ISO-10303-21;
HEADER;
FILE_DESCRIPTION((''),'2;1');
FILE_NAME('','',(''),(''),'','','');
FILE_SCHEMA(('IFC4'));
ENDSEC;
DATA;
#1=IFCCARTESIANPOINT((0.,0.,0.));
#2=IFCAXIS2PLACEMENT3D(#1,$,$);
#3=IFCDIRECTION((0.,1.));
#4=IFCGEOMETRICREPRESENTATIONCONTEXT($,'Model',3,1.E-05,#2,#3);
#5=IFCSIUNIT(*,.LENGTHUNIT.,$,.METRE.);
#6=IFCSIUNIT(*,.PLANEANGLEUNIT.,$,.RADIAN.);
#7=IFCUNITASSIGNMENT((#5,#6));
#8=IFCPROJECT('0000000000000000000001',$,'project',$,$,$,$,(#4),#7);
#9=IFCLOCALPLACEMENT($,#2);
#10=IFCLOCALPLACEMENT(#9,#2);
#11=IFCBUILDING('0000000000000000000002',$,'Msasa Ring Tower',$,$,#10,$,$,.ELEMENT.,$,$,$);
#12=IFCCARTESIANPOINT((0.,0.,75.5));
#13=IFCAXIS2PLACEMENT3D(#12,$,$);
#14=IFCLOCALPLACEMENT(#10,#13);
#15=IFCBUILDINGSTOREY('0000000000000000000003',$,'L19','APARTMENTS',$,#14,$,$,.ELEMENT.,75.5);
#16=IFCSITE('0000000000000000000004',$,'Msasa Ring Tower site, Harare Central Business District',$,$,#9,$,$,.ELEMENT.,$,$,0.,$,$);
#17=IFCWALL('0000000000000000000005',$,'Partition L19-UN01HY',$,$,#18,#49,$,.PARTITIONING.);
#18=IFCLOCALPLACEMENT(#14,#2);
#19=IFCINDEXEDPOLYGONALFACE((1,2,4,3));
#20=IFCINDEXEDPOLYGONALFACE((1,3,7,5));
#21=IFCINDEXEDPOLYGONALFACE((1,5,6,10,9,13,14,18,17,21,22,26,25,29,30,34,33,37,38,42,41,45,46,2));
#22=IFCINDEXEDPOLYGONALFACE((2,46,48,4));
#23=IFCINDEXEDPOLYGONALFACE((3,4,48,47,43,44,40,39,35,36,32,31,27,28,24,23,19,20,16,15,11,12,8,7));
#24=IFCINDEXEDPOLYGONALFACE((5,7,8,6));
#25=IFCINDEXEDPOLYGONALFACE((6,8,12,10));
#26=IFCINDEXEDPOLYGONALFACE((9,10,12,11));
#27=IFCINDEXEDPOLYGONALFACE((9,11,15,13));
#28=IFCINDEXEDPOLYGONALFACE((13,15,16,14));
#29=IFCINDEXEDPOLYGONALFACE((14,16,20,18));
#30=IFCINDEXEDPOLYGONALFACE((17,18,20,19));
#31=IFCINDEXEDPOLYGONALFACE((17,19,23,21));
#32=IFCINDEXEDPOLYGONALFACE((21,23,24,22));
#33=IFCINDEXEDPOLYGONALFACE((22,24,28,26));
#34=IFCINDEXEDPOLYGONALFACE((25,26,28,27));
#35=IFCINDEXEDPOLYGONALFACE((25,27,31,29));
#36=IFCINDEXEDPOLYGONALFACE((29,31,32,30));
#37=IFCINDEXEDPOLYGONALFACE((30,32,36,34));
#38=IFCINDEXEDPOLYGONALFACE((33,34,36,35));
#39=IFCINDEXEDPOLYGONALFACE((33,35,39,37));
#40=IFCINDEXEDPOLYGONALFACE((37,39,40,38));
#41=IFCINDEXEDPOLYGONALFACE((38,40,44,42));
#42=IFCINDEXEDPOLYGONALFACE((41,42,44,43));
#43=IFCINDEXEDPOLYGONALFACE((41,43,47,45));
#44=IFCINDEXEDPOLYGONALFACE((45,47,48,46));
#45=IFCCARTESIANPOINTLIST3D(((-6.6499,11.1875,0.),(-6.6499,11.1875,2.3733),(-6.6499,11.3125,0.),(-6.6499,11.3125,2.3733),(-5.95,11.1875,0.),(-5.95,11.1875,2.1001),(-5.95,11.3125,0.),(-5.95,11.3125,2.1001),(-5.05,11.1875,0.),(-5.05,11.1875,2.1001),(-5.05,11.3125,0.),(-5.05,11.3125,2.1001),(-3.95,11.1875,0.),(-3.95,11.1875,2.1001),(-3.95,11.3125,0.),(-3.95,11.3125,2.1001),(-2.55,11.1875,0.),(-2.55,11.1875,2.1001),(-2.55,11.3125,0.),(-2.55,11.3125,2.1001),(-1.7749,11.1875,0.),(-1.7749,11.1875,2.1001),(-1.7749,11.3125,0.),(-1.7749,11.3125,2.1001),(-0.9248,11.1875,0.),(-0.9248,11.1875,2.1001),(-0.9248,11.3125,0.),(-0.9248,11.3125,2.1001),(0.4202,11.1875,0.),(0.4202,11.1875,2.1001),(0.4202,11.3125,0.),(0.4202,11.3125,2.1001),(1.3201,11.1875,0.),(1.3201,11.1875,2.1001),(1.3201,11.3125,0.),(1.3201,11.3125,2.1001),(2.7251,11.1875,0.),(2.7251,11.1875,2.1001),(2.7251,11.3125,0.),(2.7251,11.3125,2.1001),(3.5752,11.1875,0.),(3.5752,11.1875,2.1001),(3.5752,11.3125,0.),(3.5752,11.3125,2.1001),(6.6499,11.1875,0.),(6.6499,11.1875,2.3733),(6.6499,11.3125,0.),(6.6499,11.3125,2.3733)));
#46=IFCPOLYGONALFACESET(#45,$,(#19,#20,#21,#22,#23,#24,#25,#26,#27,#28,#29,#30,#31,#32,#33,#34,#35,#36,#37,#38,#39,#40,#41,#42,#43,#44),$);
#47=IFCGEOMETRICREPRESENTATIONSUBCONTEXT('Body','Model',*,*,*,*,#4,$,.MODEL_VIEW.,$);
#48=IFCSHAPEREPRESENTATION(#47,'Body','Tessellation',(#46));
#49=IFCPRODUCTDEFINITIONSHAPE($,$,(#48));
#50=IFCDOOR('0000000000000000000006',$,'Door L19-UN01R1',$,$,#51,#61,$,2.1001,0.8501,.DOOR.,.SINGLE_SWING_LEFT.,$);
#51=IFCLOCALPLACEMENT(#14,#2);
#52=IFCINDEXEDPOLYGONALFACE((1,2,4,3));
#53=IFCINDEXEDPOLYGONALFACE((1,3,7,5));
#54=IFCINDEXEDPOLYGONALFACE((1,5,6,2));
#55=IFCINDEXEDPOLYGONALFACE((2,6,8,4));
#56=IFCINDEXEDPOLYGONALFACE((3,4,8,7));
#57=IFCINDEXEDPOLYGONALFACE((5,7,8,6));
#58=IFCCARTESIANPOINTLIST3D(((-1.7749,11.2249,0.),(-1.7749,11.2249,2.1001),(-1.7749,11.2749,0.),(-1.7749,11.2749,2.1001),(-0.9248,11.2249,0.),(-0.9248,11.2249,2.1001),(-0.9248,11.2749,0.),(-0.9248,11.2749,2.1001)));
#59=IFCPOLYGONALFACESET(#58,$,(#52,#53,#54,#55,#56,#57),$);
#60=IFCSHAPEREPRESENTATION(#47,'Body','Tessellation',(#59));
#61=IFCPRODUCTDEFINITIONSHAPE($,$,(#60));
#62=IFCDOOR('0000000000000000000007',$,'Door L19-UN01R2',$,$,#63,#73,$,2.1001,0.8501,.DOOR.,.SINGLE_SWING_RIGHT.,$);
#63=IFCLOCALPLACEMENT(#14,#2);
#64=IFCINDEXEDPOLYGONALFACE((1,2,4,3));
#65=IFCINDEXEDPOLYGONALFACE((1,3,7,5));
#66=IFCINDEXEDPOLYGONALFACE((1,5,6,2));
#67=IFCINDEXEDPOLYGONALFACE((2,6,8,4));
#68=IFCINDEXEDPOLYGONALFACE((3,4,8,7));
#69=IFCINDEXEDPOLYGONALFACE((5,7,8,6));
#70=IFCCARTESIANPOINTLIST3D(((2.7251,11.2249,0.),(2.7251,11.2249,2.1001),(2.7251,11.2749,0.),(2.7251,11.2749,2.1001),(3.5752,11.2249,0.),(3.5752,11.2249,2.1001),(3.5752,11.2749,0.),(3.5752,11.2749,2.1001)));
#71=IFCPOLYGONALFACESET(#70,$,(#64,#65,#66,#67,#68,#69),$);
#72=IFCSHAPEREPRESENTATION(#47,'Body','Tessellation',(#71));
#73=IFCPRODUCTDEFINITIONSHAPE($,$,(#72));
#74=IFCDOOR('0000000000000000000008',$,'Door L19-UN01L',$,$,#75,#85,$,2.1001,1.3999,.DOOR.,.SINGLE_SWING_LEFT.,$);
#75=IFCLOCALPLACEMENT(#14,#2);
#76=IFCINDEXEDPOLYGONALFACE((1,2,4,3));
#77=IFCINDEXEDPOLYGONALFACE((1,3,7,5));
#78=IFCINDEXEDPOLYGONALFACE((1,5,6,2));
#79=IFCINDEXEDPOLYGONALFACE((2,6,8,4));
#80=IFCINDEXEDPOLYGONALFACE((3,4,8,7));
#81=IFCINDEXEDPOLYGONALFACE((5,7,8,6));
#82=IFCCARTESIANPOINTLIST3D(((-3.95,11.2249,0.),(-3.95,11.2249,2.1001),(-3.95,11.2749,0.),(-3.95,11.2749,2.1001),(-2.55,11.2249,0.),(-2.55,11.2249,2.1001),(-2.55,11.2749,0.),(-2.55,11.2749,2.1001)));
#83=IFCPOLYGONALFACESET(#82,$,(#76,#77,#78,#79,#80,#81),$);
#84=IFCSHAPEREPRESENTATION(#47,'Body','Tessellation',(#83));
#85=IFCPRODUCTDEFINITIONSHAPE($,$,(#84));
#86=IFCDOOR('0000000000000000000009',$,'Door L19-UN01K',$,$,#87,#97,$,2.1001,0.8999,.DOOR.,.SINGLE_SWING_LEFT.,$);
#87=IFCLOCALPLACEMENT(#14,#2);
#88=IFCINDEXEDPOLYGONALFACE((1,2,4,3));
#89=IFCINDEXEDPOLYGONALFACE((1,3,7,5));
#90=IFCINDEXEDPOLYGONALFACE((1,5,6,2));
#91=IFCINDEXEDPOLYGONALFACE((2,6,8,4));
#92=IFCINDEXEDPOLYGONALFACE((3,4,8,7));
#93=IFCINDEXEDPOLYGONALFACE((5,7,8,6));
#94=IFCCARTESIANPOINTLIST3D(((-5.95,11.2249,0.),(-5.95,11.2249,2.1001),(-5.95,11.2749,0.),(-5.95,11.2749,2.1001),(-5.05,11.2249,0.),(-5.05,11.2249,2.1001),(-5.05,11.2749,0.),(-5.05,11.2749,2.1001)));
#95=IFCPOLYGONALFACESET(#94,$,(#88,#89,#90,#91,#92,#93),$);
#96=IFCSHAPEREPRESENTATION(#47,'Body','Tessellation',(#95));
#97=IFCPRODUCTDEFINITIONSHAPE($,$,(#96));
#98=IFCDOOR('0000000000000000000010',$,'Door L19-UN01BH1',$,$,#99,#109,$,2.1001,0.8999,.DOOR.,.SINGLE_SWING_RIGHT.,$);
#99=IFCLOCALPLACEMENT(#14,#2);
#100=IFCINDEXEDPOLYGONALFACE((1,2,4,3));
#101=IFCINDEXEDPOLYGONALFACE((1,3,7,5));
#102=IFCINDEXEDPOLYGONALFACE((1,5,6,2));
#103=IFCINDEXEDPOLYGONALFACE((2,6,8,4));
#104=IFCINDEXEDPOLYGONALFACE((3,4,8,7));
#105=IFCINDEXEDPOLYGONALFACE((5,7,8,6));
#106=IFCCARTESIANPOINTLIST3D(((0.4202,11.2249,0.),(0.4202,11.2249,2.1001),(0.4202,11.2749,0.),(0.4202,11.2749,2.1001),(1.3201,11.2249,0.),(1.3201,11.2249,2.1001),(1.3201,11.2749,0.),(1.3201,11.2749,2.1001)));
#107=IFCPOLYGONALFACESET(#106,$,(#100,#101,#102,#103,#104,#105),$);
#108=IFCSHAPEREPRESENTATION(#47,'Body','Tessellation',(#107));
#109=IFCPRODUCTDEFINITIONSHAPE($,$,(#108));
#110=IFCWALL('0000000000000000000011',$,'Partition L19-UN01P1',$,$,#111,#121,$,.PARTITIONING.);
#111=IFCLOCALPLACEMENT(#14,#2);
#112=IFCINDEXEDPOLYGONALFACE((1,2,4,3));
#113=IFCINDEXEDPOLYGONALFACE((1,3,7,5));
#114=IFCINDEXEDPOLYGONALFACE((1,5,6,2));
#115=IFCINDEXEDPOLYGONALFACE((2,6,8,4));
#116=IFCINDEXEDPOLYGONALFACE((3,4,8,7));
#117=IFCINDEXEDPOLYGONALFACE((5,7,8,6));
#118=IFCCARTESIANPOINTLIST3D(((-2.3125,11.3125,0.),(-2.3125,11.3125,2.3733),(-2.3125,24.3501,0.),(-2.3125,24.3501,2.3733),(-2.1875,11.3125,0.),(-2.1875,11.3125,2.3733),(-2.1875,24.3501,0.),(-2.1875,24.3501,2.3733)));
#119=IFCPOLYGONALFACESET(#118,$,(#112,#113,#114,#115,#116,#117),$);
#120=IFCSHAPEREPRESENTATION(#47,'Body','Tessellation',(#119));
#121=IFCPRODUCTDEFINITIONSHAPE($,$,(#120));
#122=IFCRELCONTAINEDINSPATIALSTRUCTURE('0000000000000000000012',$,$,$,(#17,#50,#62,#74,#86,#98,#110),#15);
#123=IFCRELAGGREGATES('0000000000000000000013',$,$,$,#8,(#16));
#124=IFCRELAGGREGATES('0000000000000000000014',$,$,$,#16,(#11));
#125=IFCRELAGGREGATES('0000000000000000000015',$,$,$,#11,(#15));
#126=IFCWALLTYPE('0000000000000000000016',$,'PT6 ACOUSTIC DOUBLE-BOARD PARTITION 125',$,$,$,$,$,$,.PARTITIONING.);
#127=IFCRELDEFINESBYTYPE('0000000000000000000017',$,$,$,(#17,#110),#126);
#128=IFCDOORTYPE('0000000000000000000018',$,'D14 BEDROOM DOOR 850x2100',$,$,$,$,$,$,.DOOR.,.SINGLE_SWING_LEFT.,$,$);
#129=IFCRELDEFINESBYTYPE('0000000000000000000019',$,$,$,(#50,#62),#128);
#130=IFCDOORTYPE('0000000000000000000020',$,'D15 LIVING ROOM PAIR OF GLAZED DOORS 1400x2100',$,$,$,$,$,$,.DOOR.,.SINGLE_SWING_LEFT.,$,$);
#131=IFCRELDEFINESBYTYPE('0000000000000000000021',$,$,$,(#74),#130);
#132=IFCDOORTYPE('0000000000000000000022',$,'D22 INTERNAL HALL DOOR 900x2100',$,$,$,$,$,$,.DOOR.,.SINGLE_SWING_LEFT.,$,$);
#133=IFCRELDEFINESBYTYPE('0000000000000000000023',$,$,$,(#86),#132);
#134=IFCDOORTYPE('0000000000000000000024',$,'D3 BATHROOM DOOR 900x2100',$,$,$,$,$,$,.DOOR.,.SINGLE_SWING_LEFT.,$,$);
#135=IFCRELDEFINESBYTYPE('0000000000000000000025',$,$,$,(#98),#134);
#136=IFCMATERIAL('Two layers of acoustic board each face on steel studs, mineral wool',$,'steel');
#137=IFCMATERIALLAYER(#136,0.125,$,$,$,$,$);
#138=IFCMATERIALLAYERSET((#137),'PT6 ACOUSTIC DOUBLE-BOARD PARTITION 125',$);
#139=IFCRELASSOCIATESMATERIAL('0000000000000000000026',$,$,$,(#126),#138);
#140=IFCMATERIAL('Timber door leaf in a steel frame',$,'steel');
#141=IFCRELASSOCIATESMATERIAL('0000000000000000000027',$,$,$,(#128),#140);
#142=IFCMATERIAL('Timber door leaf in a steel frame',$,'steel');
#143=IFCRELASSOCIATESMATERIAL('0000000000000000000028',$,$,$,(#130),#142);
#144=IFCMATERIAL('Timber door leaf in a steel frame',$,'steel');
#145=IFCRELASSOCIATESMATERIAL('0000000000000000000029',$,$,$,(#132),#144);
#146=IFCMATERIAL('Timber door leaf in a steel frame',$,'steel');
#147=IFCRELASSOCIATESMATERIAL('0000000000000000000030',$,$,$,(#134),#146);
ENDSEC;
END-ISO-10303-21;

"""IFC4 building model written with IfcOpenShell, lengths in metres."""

from ifc_helpers import new_model, si_unit, direction, frame, frame_2d, origin, place, context, subcontext, project, spatial, rectangle, extrude, material, layer, layer_set, type_object, element, fill, save


model = new_model("IFC4")

# Units and contexts
model_context = context("Model", 3, precision=1e-05, world=origin(), true_north=direction((0.0, 1.0)))
body_context = subcontext(model_context, "Body", "Model", "MODEL_VIEW")
ifc_project = project(units=[si_unit("LENGTHUNIT", "METRE"), si_unit("PLANEANGLEUNIT", "RADIAN")], contexts=[model_context])

# Site, building, storey
site_placement = place(None, origin())
site = spatial("IfcSite", under=ifc_project, at=site_placement, Name="Msasa Ring Tower site, Harare Central Business District", CompositionType="ELEMENT", RefElevation=0.0)
building_placement = place(site_placement, origin())
building = spatial("IfcBuilding", under=site, at=building_placement, Name="Msasa Ring Tower", CompositionType="ELEMENT")
storey_placement = place(building_placement, frame((0.0, 0.0, 75.5)))
storey = spatial("IfcBuildingStorey", under=building, at=storey_placement, Name="L19", Description="APARTMENTS", CompositionType="ELEMENT", Elevation=75.5)

# Shared definitions
ifc_material_1 = material(Name="Two layers of acoustic board each face on steel studs, mineral wool", Category="steel")
ifc_layer_1 = layer(ifc_material_1, 0.125)
ifc_layer_set_1 = layer_set([ifc_layer_1], Name="PT6 ACOUSTIC DOUBLE-BOARD PARTITION 125")
wall_type_1 = type_object("IfcWallType", Name="PT6 ACOUSTIC DOUBLE-BOARD PARTITION 125", PredefinedType="PARTITIONING", material=ifc_layer_set_1)

# Wall, openings, doors
wall_1_placement = place(storey_placement, frame((-6.6499, 11.25, 0.0), z_axis=(0.0, 0.0, 1.0), x_axis=(1.0, 0.0, 0.0)))
wall_1 = element("IfcWall", 1, at=wall_1_placement, inside=storey, type_object=wall_type_1, Name="Partition L19-UN01HY", PredefinedType="PARTITIONING", context=body_context, shape_type="SweptSolid", body=[
    extrude(rectangle(XDim=13.2998, YDim=0.125, at=frame_2d((6.6499, 0.0))), origin(), (0.0, 0.0, 1.0), 2.3733),
])
opening_1_placement = place(wall_1_placement, frame((0.7, 0.0, 0.0)))
opening_1 = element("IfcOpeningElement", 2, at=opening_1_placement, cuts=wall_1, PredefinedType="OPENING", context=body_context, shape_type="SweptSolid", body=[
    extrude(rectangle(XDim=0.8999, YDim=2.1001, at=frame_2d((0.45, 1.05))), frame((0.0, 0.0725, 0.0), z_axis=(0.0, -1.0, 0.0), x_axis=(1.0, 0.0, 0.0)), (0.0, 0.0, 1.0), 0.145),
])
opening_2_placement = place(wall_1_placement, frame((2.7, 0.0, 0.0)))
opening_2 = element("IfcOpeningElement", 3, at=opening_2_placement, cuts=wall_1, PredefinedType="OPENING", context=body_context, shape_type="SweptSolid", body=[
    extrude(rectangle(XDim=1.3999, YDim=2.1001, at=frame_2d((0.7, 1.05))), frame((0.0, 0.0725, 0.0), z_axis=(0.0, -1.0, 0.0), x_axis=(1.0, 0.0, 0.0)), (0.0, 0.0, 1.0), 0.145),
])
opening_3_placement = place(wall_1_placement, frame((4.875, 0.0, 0.0)))
opening_3 = element("IfcOpeningElement", 4, at=opening_3_placement, cuts=wall_1, PredefinedType="OPENING", context=body_context, shape_type="SweptSolid", body=[
    extrude(rectangle(XDim=0.8501, YDim=2.1001, at=frame_2d((0.425, 1.05))), frame((0.0, 0.0725, 0.0), z_axis=(0.0, -1.0, 0.0), x_axis=(1.0, 0.0, 0.0)), (0.0, 0.0, 1.0), 0.145),
])
opening_4_placement = place(wall_1_placement, frame((7.0701, 0.0, 0.0)))
opening_4 = element("IfcOpeningElement", 5, at=opening_4_placement, cuts=wall_1, PredefinedType="OPENING", context=body_context, shape_type="SweptSolid", body=[
    extrude(rectangle(XDim=0.8999, YDim=2.1001, at=frame_2d((0.45, 1.05))), frame((0.0, 0.0725, 0.0), z_axis=(0.0, -1.0, 0.0), x_axis=(1.0, 0.0, 0.0)), (0.0, 0.0, 1.0), 0.145),
])
opening_5_placement = place(wall_1_placement, frame((9.375, 0.0, 0.0)))
opening_5 = element("IfcOpeningElement", 6, at=opening_5_placement, cuts=wall_1, PredefinedType="OPENING", context=body_context, shape_type="SweptSolid", body=[
    extrude(rectangle(XDim=0.8501, YDim=2.1001, at=frame_2d((0.425, 1.05))), frame((0.0, 0.0725, 0.0), z_axis=(0.0, -1.0, 0.0), x_axis=(1.0, 0.0, 0.0)), (0.0, 0.0, 1.0), 0.145),
])
ifc_material_2 = material(Name="Timber door leaf in a steel frame", Category="steel")
door_type_1 = type_object("IfcDoorType", Name="D14 BEDROOM DOOR 850x2100", OperationType="SINGLE_SWING_LEFT", PredefinedType="DOOR", material=ifc_material_2)
door_1_placement = place(opening_3_placement, origin())
door_1 = element("IfcDoor", 7, at=door_1_placement, inside=storey, type_object=door_type_1, Name="Door L19-UN01R1", OperationType="SINGLE_SWING_LEFT", OverallHeight=2.1001, OverallWidth=0.8501, PredefinedType="DOOR", context=body_context, shape_type="SweptSolid", body=[
    extrude(rectangle(XDim=0.8501, YDim=2.1001, at=frame_2d((0.425, 1.05))), frame((0.0, 0.0249, 0.0), z_axis=(0.0, -1.0, 0.0), x_axis=(1.0, 0.0, 0.0)), (0.0, 0.0, 1.0), 0.05),
])
fill(opening_3, door_1)
door_2_placement = place(opening_5_placement, origin())
door_2 = element("IfcDoor", 8, at=door_2_placement, inside=storey, type_object=door_type_1, Name="Door L19-UN01R2", OperationType="SINGLE_SWING_RIGHT", OverallHeight=2.1001, OverallWidth=0.8501, PredefinedType="DOOR", context=body_context, shape_type="SweptSolid", body=[
    extrude(rectangle(XDim=0.8501, YDim=2.1001, at=frame_2d((0.425, 1.05))), frame((0.0, 0.0249, 0.0), z_axis=(0.0, -1.0, 0.0), x_axis=(1.0, 0.0, 0.0)), (0.0, 0.0, 1.0), 0.05),
])
fill(opening_5, door_2)
ifc_material_3 = material(Name="Timber door leaf in a steel frame", Category="steel")
door_type_2 = type_object("IfcDoorType", Name="D15 LIVING ROOM PAIR OF GLAZED DOORS 1400x2100", OperationType="SINGLE_SWING_LEFT", PredefinedType="DOOR", material=ifc_material_3)
door_3_placement = place(opening_2_placement, origin())
door_3 = element("IfcDoor", 9, at=door_3_placement, inside=storey, type_object=door_type_2, Name="Door L19-UN01L", OperationType="SINGLE_SWING_LEFT", OverallHeight=2.1001, OverallWidth=1.3999, PredefinedType="DOOR", context=body_context, shape_type="SweptSolid", body=[
    extrude(rectangle(XDim=1.3999, YDim=2.1001, at=frame_2d((0.7, 1.05))), frame((0.0, 0.0249, 0.0), z_axis=(0.0, -1.0, 0.0), x_axis=(1.0, 0.0, 0.0)), (0.0, 0.0, 1.0), 0.05),
])
fill(opening_2, door_3)
ifc_material_4 = material(Name="Timber door leaf in a steel frame", Category="steel")
door_type_3 = type_object("IfcDoorType", Name="D22 INTERNAL HALL DOOR 900x2100", OperationType="SINGLE_SWING_LEFT", PredefinedType="DOOR", material=ifc_material_4)
door_4_placement = place(opening_1_placement, origin())
door_4 = element("IfcDoor", 10, at=door_4_placement, inside=storey, type_object=door_type_3, Name="Door L19-UN01K", OperationType="SINGLE_SWING_LEFT", OverallHeight=2.1001, OverallWidth=0.8999, PredefinedType="DOOR", context=body_context, shape_type="SweptSolid", body=[
    extrude(rectangle(XDim=0.8999, YDim=2.1001, at=frame_2d((0.45, 1.05))), frame((0.0, 0.0249, 0.0), z_axis=(0.0, -1.0, 0.0), x_axis=(1.0, 0.0, 0.0)), (0.0, 0.0, 1.0), 0.05),
])
fill(opening_1, door_4)
ifc_material_5 = material(Name="Timber door leaf in a steel frame", Category="steel")
door_type_4 = type_object("IfcDoorType", Name="D3 BATHROOM DOOR 900x2100", OperationType="SINGLE_SWING_LEFT", PredefinedType="DOOR", material=ifc_material_5)
door_5_placement = place(opening_4_placement, origin())
door_5 = element("IfcDoor", 11, at=door_5_placement, inside=storey, type_object=door_type_4, Name="Door L19-UN01BH1", OperationType="SINGLE_SWING_RIGHT", OverallHeight=2.1001, OverallWidth=0.8999, PredefinedType="DOOR", context=body_context, shape_type="SweptSolid", body=[
    extrude(rectangle(XDim=0.8999, YDim=2.1001, at=frame_2d((0.45, 1.05))), frame((0.0, 0.0249, 0.0), z_axis=(0.0, -1.0, 0.0), x_axis=(1.0, 0.0, 0.0)), (0.0, 0.0, 1.0), 0.05),
])
fill(opening_4, door_5)

# Wall
wall_2_placement = place(storey_placement, frame((-2.25, 11.3125, 0.0), z_axis=(0.0, 0.0, 1.0), x_axis=(0.0, 1.0, 0.0)))
element("IfcWall", 12, at=wall_2_placement, inside=storey, type_object=wall_type_1, Name="Partition L19-UN01P1", PredefinedType="PARTITIONING", context=body_context, shape_type="SweptSolid", body=[
    extrude(rectangle(XDim=13.0376, YDim=0.125, at=frame_2d((6.5188, 0.0))), origin(), (0.0, 0.0, 1.0), 2.3733),
])

save(model, "model.ifc")
